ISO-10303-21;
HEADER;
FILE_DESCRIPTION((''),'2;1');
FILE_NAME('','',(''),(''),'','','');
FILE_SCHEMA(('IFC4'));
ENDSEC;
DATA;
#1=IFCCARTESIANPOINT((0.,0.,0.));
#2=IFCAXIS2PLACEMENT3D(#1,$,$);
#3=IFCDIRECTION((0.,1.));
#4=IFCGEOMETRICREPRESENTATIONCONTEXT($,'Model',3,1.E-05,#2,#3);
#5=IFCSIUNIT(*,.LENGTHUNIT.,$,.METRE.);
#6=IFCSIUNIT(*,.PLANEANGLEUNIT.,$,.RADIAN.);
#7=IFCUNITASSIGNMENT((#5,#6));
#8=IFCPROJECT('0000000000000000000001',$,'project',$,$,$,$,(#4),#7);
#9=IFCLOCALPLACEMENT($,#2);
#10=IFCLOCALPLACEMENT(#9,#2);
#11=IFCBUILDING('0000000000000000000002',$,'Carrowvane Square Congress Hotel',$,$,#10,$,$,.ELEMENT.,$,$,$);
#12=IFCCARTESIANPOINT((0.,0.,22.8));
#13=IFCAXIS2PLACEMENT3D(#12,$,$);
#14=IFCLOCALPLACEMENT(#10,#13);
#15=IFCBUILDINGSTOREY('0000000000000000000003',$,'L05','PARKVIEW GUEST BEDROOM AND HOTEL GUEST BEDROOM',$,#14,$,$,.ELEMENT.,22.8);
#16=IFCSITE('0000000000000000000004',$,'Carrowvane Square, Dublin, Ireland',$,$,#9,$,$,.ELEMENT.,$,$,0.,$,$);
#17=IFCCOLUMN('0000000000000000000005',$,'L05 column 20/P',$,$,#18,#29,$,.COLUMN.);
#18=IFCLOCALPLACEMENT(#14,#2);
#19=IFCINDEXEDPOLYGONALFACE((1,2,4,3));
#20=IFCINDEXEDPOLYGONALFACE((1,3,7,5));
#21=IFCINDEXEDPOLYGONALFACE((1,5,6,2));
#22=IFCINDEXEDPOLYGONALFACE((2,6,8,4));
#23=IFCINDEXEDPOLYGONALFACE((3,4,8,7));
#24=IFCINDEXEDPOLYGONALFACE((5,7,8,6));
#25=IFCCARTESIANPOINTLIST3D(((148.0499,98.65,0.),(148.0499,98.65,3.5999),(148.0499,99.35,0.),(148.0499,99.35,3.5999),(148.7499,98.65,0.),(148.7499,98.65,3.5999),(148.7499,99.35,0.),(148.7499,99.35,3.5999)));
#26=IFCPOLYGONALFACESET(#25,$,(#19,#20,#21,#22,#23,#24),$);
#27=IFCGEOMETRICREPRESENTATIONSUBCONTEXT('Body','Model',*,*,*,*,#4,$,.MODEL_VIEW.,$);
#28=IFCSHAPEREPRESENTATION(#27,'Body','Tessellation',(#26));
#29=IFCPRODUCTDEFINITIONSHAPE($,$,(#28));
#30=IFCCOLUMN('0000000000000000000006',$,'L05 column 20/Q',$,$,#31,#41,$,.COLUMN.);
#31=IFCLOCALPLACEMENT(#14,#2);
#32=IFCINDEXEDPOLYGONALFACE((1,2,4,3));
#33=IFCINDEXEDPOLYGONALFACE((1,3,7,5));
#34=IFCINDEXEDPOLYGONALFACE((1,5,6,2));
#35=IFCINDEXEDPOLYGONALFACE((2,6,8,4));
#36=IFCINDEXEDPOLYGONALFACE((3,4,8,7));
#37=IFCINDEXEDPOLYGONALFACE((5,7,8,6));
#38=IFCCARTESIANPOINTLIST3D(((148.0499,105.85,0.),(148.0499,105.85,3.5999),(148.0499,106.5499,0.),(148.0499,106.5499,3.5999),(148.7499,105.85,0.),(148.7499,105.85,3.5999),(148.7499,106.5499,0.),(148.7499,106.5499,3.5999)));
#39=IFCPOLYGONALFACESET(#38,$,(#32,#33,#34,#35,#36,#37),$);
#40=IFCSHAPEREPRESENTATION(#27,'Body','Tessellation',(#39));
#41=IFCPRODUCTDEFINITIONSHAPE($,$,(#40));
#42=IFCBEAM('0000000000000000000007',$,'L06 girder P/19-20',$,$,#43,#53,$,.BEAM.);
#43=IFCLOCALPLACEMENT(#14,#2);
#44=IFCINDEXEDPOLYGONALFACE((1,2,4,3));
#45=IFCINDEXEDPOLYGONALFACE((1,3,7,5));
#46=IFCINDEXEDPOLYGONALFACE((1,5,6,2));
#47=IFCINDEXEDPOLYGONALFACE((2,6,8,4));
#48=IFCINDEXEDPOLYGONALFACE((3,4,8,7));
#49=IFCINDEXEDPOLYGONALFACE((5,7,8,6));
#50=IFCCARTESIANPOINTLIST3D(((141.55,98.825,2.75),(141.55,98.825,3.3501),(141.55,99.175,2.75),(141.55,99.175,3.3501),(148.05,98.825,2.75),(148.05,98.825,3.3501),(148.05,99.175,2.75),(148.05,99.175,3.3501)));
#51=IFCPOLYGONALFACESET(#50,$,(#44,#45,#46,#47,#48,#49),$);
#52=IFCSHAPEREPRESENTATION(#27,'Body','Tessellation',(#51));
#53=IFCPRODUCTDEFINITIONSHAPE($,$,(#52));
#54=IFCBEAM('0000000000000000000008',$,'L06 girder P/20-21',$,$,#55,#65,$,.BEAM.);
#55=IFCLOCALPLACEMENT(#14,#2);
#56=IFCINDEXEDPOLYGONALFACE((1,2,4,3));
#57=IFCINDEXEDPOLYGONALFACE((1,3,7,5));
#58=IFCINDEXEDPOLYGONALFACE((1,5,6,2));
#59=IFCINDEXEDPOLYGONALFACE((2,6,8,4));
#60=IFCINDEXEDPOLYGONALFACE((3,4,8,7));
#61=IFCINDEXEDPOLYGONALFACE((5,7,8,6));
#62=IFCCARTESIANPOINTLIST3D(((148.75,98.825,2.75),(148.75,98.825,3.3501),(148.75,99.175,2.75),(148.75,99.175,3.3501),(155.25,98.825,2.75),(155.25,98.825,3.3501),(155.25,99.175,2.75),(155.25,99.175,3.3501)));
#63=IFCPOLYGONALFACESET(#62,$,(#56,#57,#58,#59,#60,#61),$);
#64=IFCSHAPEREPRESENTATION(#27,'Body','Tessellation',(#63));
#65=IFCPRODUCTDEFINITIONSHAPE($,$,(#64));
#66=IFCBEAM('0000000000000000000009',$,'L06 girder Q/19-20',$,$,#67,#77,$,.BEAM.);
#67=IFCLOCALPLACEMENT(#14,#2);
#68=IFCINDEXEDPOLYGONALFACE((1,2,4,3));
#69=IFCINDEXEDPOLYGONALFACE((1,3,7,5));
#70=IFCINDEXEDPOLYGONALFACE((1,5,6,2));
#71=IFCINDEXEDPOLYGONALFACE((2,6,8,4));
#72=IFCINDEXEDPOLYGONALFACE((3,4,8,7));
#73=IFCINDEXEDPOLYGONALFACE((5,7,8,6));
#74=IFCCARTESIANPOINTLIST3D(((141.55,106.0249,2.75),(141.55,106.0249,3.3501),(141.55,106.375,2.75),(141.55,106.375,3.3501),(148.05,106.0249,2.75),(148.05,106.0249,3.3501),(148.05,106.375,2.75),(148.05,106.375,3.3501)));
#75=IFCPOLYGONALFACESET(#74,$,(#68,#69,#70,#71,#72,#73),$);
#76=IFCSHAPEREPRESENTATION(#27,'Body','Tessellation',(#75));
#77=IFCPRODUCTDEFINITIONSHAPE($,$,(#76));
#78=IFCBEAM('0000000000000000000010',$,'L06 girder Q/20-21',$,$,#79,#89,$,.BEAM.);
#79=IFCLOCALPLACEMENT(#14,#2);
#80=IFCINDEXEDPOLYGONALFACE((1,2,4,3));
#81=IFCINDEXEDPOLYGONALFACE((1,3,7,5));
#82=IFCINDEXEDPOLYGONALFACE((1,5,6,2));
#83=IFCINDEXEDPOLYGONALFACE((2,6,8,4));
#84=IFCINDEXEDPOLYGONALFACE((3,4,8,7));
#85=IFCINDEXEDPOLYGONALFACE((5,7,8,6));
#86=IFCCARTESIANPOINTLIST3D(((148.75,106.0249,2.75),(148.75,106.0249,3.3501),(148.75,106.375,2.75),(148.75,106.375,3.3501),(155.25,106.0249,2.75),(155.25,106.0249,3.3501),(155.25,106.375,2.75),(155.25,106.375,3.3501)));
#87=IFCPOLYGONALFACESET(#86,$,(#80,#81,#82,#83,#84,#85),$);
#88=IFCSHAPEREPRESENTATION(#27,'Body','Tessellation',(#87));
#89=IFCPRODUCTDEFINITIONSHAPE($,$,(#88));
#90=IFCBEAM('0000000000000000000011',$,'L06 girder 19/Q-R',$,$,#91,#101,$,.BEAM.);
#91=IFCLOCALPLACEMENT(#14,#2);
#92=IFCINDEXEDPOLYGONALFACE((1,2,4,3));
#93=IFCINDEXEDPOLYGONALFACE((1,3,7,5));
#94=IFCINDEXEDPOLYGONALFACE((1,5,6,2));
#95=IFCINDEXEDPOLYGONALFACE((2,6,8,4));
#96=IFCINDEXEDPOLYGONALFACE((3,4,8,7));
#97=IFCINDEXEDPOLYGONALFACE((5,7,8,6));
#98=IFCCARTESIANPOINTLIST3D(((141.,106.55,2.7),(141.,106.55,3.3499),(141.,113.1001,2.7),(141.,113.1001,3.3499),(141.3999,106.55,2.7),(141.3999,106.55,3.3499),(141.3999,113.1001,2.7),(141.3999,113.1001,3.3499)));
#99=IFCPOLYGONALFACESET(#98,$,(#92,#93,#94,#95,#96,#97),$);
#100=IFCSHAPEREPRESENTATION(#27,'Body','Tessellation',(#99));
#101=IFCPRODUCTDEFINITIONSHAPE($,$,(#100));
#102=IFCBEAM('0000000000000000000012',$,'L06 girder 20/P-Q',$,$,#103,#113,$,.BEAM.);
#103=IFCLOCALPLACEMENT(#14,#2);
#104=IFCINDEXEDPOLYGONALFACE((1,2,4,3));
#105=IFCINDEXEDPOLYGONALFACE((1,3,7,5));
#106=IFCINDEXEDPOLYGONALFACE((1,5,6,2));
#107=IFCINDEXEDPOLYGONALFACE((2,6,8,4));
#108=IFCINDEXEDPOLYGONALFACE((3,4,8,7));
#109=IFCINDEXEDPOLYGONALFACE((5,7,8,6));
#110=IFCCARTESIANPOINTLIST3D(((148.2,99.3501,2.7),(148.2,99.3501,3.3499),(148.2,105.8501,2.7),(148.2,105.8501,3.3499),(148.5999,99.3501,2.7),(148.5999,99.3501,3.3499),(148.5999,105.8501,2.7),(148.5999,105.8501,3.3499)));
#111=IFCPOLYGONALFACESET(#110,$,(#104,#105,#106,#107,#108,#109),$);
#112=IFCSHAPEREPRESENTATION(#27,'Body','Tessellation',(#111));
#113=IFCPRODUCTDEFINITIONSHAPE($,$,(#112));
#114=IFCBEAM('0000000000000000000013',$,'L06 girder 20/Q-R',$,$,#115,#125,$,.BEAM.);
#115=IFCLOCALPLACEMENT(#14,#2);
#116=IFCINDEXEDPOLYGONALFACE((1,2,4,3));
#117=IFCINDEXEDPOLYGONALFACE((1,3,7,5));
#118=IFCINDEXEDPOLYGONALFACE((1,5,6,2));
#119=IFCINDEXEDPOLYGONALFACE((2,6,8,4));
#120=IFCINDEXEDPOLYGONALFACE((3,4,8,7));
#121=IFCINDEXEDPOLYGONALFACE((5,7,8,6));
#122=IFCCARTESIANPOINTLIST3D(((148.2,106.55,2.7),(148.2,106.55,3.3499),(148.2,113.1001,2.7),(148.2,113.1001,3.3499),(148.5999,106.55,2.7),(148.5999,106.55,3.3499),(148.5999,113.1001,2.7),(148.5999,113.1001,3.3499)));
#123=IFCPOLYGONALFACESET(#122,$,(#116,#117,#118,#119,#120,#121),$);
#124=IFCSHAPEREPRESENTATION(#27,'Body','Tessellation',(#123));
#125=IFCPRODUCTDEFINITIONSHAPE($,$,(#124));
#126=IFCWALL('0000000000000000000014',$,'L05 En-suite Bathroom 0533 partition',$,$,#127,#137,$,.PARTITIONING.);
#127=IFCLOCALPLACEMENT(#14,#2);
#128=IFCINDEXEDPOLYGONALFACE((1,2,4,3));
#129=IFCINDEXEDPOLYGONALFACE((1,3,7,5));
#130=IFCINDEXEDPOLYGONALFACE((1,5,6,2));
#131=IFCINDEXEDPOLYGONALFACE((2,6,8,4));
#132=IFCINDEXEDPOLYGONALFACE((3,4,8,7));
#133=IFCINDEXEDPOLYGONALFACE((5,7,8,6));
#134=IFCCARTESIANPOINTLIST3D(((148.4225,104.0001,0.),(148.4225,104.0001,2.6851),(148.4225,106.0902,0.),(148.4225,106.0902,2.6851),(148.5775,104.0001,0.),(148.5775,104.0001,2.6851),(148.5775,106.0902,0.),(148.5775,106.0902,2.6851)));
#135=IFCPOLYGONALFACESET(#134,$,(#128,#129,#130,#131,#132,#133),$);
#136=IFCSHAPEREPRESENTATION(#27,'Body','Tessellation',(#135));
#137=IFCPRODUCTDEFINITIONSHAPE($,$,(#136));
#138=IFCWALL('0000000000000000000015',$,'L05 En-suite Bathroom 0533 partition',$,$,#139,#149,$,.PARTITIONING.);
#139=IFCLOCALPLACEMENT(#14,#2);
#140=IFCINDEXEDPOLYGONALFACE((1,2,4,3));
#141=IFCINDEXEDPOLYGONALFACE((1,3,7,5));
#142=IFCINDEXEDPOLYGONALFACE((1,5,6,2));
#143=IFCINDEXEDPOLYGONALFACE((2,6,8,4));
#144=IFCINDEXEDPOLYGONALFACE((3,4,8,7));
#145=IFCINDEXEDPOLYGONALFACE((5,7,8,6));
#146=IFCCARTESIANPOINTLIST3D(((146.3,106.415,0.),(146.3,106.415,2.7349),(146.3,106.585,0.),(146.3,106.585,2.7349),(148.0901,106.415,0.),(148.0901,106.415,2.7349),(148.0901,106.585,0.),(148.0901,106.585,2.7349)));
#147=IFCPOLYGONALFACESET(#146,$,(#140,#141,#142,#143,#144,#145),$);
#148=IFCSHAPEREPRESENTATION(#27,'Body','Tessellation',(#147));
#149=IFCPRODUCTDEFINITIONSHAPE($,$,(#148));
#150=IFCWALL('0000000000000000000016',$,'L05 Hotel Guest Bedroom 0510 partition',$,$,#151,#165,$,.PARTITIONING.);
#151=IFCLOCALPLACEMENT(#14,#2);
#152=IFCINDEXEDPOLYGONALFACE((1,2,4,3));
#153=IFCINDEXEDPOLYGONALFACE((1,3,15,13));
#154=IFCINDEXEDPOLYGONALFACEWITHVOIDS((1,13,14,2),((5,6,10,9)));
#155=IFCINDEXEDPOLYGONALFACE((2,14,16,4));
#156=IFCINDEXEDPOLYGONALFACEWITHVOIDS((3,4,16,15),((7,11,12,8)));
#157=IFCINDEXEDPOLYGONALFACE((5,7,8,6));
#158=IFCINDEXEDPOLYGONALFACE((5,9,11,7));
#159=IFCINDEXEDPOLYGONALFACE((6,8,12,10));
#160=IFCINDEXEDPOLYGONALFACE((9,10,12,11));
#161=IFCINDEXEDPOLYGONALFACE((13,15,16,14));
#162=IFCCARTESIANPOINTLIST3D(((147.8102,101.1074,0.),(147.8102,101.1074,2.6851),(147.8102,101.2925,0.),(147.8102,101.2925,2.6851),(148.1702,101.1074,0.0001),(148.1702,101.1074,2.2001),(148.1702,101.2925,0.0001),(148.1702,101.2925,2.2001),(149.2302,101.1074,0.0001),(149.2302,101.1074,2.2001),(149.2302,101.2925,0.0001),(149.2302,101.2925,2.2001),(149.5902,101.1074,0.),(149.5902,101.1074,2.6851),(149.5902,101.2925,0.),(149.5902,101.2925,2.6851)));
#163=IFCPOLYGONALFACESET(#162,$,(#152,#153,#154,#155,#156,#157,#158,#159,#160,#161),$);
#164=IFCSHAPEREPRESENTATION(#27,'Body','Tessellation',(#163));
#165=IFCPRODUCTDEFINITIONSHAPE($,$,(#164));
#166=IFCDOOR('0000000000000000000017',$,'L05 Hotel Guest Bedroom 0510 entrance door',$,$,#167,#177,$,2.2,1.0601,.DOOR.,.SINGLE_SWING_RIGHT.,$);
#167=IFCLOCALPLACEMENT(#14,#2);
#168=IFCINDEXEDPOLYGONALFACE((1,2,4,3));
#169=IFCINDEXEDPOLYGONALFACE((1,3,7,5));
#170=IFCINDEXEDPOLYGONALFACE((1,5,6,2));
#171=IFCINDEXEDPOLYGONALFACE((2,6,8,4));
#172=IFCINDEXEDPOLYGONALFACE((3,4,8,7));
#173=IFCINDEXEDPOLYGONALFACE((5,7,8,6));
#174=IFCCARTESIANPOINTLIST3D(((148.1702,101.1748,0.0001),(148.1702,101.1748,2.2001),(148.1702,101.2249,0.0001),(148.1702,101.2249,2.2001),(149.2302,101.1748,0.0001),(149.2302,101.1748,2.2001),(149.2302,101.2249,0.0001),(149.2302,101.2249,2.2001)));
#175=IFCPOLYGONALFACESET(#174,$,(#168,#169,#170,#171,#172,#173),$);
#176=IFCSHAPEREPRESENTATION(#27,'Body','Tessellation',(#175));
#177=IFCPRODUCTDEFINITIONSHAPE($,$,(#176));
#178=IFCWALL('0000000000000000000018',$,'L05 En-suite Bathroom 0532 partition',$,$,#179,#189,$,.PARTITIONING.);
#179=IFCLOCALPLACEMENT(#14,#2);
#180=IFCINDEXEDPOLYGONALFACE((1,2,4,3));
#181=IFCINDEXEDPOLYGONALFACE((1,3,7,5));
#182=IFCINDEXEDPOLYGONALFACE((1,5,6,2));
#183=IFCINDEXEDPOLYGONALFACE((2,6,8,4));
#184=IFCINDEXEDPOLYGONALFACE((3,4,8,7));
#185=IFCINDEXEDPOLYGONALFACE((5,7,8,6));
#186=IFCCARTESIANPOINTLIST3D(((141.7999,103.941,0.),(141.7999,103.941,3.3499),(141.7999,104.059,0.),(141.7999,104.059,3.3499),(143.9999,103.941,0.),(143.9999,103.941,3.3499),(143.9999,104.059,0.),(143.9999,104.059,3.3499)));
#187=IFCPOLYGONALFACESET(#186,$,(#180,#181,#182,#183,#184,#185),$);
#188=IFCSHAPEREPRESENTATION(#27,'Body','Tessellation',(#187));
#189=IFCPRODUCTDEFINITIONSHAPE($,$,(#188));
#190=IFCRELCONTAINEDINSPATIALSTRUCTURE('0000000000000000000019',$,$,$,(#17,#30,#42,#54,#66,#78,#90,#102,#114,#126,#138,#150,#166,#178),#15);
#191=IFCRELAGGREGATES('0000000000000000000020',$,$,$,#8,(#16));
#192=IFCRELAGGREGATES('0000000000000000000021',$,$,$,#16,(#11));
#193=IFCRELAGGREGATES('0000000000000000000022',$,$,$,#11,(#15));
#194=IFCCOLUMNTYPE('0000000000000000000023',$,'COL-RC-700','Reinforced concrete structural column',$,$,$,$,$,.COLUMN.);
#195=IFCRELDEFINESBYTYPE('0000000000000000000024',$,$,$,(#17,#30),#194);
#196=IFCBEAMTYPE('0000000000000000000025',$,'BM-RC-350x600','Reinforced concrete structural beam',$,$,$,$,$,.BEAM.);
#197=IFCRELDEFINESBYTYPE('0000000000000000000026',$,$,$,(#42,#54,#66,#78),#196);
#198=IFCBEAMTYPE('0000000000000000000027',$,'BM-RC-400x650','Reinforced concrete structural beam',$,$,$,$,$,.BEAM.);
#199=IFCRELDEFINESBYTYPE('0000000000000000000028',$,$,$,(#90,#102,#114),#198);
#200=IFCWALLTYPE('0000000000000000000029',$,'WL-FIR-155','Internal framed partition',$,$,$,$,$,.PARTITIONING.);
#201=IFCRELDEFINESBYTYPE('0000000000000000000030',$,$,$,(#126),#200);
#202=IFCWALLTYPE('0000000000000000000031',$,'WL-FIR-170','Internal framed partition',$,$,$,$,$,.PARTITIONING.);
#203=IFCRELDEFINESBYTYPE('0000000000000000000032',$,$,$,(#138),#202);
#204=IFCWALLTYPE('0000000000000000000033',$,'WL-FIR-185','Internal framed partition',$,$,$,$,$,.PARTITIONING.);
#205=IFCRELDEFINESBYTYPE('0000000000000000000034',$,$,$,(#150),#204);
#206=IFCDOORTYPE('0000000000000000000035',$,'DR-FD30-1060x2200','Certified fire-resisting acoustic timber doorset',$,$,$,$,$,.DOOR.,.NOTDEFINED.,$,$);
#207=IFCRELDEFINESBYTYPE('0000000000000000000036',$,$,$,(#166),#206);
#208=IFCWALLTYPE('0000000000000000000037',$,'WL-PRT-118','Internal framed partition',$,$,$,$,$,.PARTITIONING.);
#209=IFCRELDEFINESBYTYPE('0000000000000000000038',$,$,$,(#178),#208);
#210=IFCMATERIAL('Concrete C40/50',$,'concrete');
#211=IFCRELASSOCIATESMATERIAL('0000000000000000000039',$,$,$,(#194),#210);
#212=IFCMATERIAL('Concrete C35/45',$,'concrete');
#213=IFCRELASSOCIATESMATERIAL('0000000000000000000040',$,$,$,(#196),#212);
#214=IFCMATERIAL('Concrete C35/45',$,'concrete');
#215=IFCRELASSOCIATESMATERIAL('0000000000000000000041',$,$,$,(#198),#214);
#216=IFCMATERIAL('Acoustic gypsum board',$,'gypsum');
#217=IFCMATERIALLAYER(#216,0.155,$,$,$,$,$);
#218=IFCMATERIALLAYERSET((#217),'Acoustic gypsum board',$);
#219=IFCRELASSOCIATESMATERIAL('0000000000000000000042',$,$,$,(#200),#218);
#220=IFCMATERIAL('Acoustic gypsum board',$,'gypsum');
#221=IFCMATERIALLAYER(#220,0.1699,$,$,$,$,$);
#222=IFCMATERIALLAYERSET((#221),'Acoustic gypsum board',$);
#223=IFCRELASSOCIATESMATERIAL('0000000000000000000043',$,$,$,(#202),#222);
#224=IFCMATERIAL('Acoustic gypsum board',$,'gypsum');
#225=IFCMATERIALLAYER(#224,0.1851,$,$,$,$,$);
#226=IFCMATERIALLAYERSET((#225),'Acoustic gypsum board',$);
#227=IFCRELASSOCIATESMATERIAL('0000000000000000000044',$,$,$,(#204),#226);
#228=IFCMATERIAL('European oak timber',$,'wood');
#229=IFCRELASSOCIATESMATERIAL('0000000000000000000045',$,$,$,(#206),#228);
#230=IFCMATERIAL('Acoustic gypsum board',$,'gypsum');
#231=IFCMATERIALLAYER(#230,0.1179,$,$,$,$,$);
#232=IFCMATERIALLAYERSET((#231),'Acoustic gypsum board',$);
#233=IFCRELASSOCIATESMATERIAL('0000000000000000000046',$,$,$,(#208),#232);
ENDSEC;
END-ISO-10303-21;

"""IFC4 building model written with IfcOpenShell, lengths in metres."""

from ifc_helpers import new_model, si_unit, direction, frame, frame_2d, origin, origin_2d, place, context, subcontext, project, spatial, rectangle, extrude, material, layer, layer_set, material_profile, profile_set, type_object, element, fill, save


model = new_model("IFC4")

# Units and contexts
model_context = context("Model", 3, precision=1e-05, world=origin(), true_north=direction((0.0, 1.0)))
body_context = subcontext(model_context, "Body", "Model", "MODEL_VIEW")
ifc_project = project(units=[si_unit("LENGTHUNIT", "METRE"), si_unit("PLANEANGLEUNIT", "RADIAN")], contexts=[model_context])

# Site, building, storey
site_placement = place(None, origin())
site = spatial("IfcSite", under=ifc_project, at=site_placement, Name="Carrowvane Square, Dublin, Ireland", CompositionType="ELEMENT", RefElevation=0.0)
building_placement = place(site_placement, origin())
building = spatial("IfcBuilding", under=site, at=building_placement, Name="Carrowvane Square Congress Hotel", CompositionType="ELEMENT")
storey_placement = place(building_placement, frame((0.0, 0.0, 22.8)))
storey = spatial("IfcBuildingStorey", under=building, at=storey_placement, Name="L05", Description="PARKVIEW GUEST BEDROOM AND HOTEL GUEST BEDROOM", CompositionType="ELEMENT", Elevation=22.8)

# Columns
ifc_material_1 = material(Name="Concrete C40/50", Category="concrete")
ifc_material_profile_1 = material_profile(ifc_material_1, rectangle(XDim=0.7, YDim=0.7, at=origin_2d()), Name="RC 700x700")
ifc_profile_set_1 = profile_set([ifc_material_profile_1], Name="Concrete C40/50")
column_type = type_object("IfcColumnType", Name="COL-RC-700", Description="Reinforced concrete structural column", PredefinedType="COLUMN", material=ifc_profile_set_1)
for number, where, z_axis, x_axis, name in (
    (1, (148.3999, 99.0, 0.0), (0.0, 0.0, 1.0), (1.0, 0.0, 0.0), "L05 column 20/P"),
    (2, (148.3999, 106.2, 0.0), (0.0, 0.0, 1.0), (1.0, 0.0, 0.0), "L05 column 20/Q"),
):
    element("IfcColumn", number, at=place(storey_placement, frame(where, z_axis=z_axis, x_axis=x_axis)), inside=storey, type_object=column_type, Name=name, PredefinedType="COLUMN", context=body_context, shape_type="SweptSolid", body=[
        extrude(rectangle(XDim=0.7, YDim=0.7, at=origin_2d()), origin(), (0.0, 0.0, 1.0), 3.5999),
    ])

# Beams
ifc_material_2 = material(Name="Concrete C35/45", Category="concrete")
ifc_material_profile_2 = material_profile(ifc_material_2, rectangle(XDim=0.3501, YDim=0.6001, at=origin_2d()), Name="RC 350x600")
ifc_profile_set_2 = profile_set([ifc_material_profile_2], Name="Concrete C35/45")
beam_type_1 = type_object("IfcBeamType", Name="BM-RC-350x600", Description="Reinforced concrete structural beam", PredefinedType="BEAM", material=ifc_profile_set_2)
for number, where, z_axis, x_axis, name in (
    (3, (141.55, 99.0, 3.05), (1.0, 0.0, 0.0), (0.0, 1.0, 0.0), "L06 girder P/19-20"),
    (4, (148.75, 99.0, 3.05), (1.0, 0.0, 0.0), (0.0, 1.0, 0.0), "L06 girder P/20-21"),
    (5, (141.55, 106.2, 3.05), (1.0, 0.0, 0.0), (0.0, 1.0, 0.0), "L06 girder Q/19-20"),
    (6, (148.75, 106.2, 3.05), (1.0, 0.0, 0.0), (0.0, 1.0, 0.0), "L06 girder Q/20-21"),
):
    element("IfcBeam", number, at=place(storey_placement, frame(where, z_axis=z_axis, x_axis=x_axis)), inside=storey, type_object=beam_type_1, Name=name, PredefinedType="BEAM", context=body_context, shape_type="SweptSolid", body=[
        extrude(rectangle(XDim=0.3501, YDim=0.6001, at=origin_2d()), origin(), (0.0, 0.0, 1.0), 6.5),
    ])
ifc_material_3 = material(Name="Concrete C35/45", Category="concrete")
ifc_material_profile_3 = material_profile(ifc_material_3, rectangle(XDim=0.3999, YDim=0.6499, at=origin_2d()), Name="RC 400x650")
ifc_profile_set_3 = profile_set([ifc_material_profile_3], Name="Concrete C35/45")
beam_type_2 = type_object("IfcBeamType", Name="BM-RC-400x650", Description="Reinforced concrete structural beam", PredefinedType="BEAM", material=ifc_profile_set_3)
beam_1_placement = place(storey_placement, frame((141.2, 106.55, 3.0249), z_axis=(0.0, 1.0, 0.0), x_axis=(-1.0, 0.0, 0.0)))
element("IfcBeam", 7, at=beam_1_placement, inside=storey, type_object=beam_type_2, Name="L06 girder 19/Q-R", PredefinedType="BEAM", context=body_context, shape_type="SweptSolid", body=[
    extrude(rectangle(XDim=0.3999, YDim=0.6499, at=origin_2d()), origin(), (0.0, 0.0, 1.0), 6.55),
])
beam_2_placement = place(storey_placement, frame((148.3999, 99.3501, 3.0249), z_axis=(0.0, 1.0, 0.0), x_axis=(-1.0, 0.0, 0.0)))
element("IfcBeam", 8, at=beam_2_placement, inside=storey, type_object=beam_type_2, Name="L06 girder 20/P-Q", PredefinedType="BEAM", context=body_context, shape_type="SweptSolid", body=[
    extrude(rectangle(XDim=0.3999, YDim=0.6499, at=origin_2d()), origin(), (0.0, 0.0, 1.0), 6.5),
])
beam_3_placement = place(storey_placement, frame((148.3999, 106.55, 3.0249), z_axis=(0.0, 1.0, 0.0), x_axis=(-1.0, 0.0, 0.0)))
element("IfcBeam", 9, at=beam_3_placement, inside=storey, type_object=beam_type_2, Name="L06 girder 20/Q-R", PredefinedType="BEAM", context=body_context, shape_type="SweptSolid", body=[
    extrude(rectangle(XDim=0.3999, YDim=0.6499, at=origin_2d()), origin(), (0.0, 0.0, 1.0), 6.55),
])

# Walls
ifc_material_4 = material(Name="Acoustic gypsum board", Category="gypsum")
ifc_layer_1 = layer(ifc_material_4, 0.155)
ifc_layer_set_1 = layer_set([ifc_layer_1], Name="Acoustic gypsum board")
wall_type_1 = type_object("IfcWallType", Name="WL-FIR-155", Description="Internal framed partition", PredefinedType="PARTITIONING", material=ifc_layer_set_1)
wall_1_placement = place(storey_placement, frame((148.5, 106.0901, 0.0), z_axis=(0.0, 0.0, 1.0), x_axis=(0.0, -1.0, 0.0)))
element("IfcWall", 10, at=wall_1_placement, inside=storey, type_object=wall_type_1, Name="L05 En-suite Bathroom 0533 partition", PredefinedType="PARTITIONING", context=body_context, shape_type="SweptSolid", body=[
    extrude(rectangle(XDim=2.0901, YDim=0.155, at=frame_2d((1.0449, 0.0))), origin(), (0.0, 0.0, 1.0), 2.6851),
])
ifc_material_5 = material(Name="Acoustic gypsum board", Category="gypsum")
ifc_layer_2 = layer(ifc_material_5, 0.1699)
ifc_layer_set_2 = layer_set([ifc_layer_2], Name="Acoustic gypsum board")
wall_type_2 = type_object("IfcWallType", Name="WL-FIR-170", Description="Internal framed partition", PredefinedType="PARTITIONING", material=ifc_layer_set_2)
wall_2_placement = place(storey_placement, frame((146.3, 106.5, 0.0), z_axis=(0.0, 0.0, 1.0), x_axis=(1.0, 0.0, 0.0)))
element("IfcWall", 11, at=wall_2_placement, inside=storey, type_object=wall_type_2, Name="L05 En-suite Bathroom 0533 partition", PredefinedType="PARTITIONING", context=body_context, shape_type="SweptSolid", body=[
    extrude(rectangle(XDim=1.79, YDim=0.1699, at=frame_2d((0.895, 0.0))), origin(), (0.0, 0.0, 1.0), 2.7349),
])

# Wall, opening, door
ifc_material_6 = material(Name="Acoustic gypsum board", Category="gypsum")
ifc_layer_3 = layer(ifc_material_6, 0.1851)
ifc_layer_set_3 = layer_set([ifc_layer_3], Name="Acoustic gypsum board")
wall_type_3 = type_object("IfcWallType", Name="WL-FIR-185", Description="Internal framed partition", PredefinedType="PARTITIONING", material=ifc_layer_set_3)
wall_3_placement = place(storey_placement, frame((147.8101, 101.2, 0.0), z_axis=(0.0, 0.0, 1.0), x_axis=(1.0, 0.0, 0.0)))
wall_3 = element("IfcWall", 12, at=wall_3_placement, inside=storey, type_object=wall_type_3, Name="L05 Hotel Guest Bedroom 0510 partition", PredefinedType="PARTITIONING", context=body_context, shape_type="SweptSolid", body=[
    extrude(rectangle(XDim=1.78, YDim=0.1851, at=frame_2d((0.8901, 0.0))), origin(), (0.0, 0.0, 1.0), 2.6851),
])
opening_1_placement = place(wall_3_placement, frame((0.3601, 0.0, 0.0)))
opening_1 = element("IfcOpeningElement", 13, at=opening_1_placement, cuts=wall_3, PredefinedType="OPENING", context=body_context, shape_type="SweptSolid", body=[
    extrude(rectangle(XDim=1.0601, YDim=2.2, at=frame_2d((0.53, 1.1001))), frame((0.0, 0.1025, 0.0), z_axis=(0.0, -1.0, 0.0), x_axis=(1.0, 0.0, 0.0)), (0.0, 0.0, 1.0), 0.2051),
])
ifc_material_7 = material(Name="European oak timber", Category="wood")
door_type_1 = type_object("IfcDoorType", Name="DR-FD30-1060x2200", Description="Certified fire-resisting acoustic timber doorset", OperationType="NOTDEFINED", PredefinedType="DOOR", material=ifc_material_7)
door_1_placement = place(opening_1_placement, origin())
door_1 = element("IfcDoor", 14, at=door_1_placement, inside=storey, type_object=door_type_1, Name="L05 Hotel Guest Bedroom 0510 entrance door", OperationType="SINGLE_SWING_RIGHT", OverallHeight=2.2, OverallWidth=1.0601, PredefinedType="DOOR", context=body_context, shape_type="SweptSolid", body=[
    extrude(rectangle(XDim=1.0601, YDim=2.2, at=frame_2d((0.53, 1.1001))), frame((0.0, 0.0249, 0.0), z_axis=(0.0, -1.0, 0.0), x_axis=(1.0, 0.0, 0.0)), (0.0, 0.0, 1.0), 0.05),
])
fill(opening_1, door_1)

# Wall
ifc_material_8 = material(Name="Acoustic gypsum board", Category="gypsum")
ifc_layer_4 = layer(ifc_material_8, 0.1179)
ifc_layer_set_4 = layer_set([ifc_layer_4], Name="Acoustic gypsum board")
wall_type_4 = type_object("IfcWallType", Name="WL-PRT-118", Description="Internal framed partition", PredefinedType="PARTITIONING", material=ifc_layer_set_4)
wall_4_placement = place(storey_placement, frame((144.0, 104.0, 0.0), z_axis=(0.0, 0.0, 1.0), x_axis=(-1.0, 0.0, 0.0)))
element("IfcWall", 15, at=wall_4_placement, inside=storey, type_object=wall_type_4, Name="L05 En-suite Bathroom 0532 partition", PredefinedType="PARTITIONING", context=body_context, shape_type="SweptSolid", body=[
    extrude(rectangle(XDim=2.2, YDim=0.1179, at=frame_2d((1.1001, 0.0))), origin(), (0.0, 0.0, 1.0), 3.3499),
])

save(model, "model.ifc")
